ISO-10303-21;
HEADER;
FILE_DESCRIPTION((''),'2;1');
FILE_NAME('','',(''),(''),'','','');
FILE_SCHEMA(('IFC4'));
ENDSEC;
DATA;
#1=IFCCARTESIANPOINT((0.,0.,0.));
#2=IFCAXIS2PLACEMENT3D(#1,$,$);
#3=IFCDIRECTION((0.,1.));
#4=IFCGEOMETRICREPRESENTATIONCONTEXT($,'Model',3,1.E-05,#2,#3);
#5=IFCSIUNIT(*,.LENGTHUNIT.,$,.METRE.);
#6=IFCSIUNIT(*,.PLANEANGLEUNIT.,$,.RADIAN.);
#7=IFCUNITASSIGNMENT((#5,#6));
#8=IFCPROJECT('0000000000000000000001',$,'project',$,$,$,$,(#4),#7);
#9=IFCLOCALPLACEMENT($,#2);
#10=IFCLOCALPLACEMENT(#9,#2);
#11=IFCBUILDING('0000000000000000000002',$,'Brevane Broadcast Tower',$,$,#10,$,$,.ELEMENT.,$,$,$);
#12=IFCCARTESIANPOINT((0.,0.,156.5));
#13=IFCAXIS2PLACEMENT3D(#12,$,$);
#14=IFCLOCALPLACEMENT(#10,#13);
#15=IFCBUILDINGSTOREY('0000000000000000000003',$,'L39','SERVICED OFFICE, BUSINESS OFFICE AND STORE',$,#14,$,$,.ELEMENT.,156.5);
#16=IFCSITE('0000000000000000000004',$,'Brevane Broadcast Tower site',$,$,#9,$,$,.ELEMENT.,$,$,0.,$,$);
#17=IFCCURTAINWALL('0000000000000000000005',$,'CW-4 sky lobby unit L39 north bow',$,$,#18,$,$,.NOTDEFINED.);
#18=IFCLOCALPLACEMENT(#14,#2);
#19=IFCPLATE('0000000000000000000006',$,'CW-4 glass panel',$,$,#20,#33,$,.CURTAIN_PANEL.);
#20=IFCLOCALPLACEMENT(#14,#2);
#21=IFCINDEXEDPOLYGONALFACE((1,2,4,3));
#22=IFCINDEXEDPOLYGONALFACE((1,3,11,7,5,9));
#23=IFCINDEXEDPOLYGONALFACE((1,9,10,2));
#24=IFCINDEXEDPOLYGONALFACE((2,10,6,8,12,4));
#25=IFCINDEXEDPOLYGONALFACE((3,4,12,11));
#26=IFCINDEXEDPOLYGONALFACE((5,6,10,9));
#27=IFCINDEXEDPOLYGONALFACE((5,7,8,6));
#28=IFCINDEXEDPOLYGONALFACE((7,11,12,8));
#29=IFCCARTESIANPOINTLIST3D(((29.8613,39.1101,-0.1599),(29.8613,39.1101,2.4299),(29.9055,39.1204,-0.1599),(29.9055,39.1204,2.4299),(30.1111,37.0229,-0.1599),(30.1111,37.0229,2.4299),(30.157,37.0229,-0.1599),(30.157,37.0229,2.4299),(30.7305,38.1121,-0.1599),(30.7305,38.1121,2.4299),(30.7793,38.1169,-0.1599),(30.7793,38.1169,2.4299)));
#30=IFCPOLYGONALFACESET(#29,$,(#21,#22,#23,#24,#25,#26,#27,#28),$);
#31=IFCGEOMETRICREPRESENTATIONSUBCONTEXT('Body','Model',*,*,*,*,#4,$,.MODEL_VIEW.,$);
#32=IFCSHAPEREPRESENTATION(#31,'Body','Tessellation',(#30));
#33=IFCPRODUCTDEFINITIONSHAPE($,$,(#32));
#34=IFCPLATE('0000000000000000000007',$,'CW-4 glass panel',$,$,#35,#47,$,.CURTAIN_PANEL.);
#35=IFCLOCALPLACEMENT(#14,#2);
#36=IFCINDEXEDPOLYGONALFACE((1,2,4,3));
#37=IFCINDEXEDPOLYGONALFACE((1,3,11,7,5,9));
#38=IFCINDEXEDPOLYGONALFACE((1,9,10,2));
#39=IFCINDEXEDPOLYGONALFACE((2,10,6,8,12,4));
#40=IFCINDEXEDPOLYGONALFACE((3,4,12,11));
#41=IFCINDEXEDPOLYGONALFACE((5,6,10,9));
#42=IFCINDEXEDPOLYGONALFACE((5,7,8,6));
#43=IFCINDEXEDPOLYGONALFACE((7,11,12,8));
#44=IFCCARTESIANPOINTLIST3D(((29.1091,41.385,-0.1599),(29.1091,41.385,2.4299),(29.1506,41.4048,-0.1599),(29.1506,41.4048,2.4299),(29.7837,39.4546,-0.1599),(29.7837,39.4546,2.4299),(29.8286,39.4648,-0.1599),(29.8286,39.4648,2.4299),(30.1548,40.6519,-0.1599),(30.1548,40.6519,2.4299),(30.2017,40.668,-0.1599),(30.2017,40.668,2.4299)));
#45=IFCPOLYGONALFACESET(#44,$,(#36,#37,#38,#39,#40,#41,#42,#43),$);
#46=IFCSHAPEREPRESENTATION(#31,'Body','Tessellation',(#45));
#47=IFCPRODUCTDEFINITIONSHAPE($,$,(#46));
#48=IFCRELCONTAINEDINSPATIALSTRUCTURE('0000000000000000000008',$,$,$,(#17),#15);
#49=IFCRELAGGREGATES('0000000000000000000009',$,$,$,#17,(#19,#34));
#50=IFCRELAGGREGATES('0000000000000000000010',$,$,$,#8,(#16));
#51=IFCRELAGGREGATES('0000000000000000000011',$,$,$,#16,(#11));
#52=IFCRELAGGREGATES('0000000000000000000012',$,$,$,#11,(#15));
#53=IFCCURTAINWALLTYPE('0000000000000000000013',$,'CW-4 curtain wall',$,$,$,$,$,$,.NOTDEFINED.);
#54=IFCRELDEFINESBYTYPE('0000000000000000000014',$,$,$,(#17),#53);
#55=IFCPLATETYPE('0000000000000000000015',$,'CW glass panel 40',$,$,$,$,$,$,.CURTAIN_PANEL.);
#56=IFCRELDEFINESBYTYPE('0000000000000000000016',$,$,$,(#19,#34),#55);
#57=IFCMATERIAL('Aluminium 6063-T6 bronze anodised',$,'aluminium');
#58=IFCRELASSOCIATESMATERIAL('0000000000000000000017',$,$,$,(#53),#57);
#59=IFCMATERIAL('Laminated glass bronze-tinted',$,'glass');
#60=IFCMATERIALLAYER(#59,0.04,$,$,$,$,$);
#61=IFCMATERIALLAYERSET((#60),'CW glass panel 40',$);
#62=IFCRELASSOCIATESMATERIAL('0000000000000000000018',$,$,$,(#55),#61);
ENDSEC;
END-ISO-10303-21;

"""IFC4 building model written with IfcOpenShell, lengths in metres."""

from ifc_helpers import new_model, si_unit, direction, frame, origin, place, context, subcontext, project, spatial, polyline, outline, extrude, material, layer, layer_set, type_object, element, aggregate, save


model = new_model("IFC4")

# Units and contexts
model_context = context("Model", 3, precision=1e-05, world=origin(), true_north=direction((0.0, 1.0)))
body_context = subcontext(model_context, "Body", "Model", "MODEL_VIEW")
ifc_project = project(units=[si_unit("LENGTHUNIT", "METRE"), si_unit("PLANEANGLEUNIT", "RADIAN")], contexts=[model_context])

# Site, building, storey
site_placement = place(None, origin())
site = spatial("IfcSite", under=ifc_project, at=site_placement, Name="Brevane Broadcast Tower site", CompositionType="ELEMENT", RefElevation=0.0)
building_placement = place(site_placement, origin())
building = spatial("IfcBuilding", under=site, at=building_placement, Name="Brevane Broadcast Tower", CompositionType="ELEMENT")
storey_placement = place(building_placement, frame((0.0, 0.0, 156.5)))
storey = spatial("IfcBuildingStorey", under=building, at=storey_placement, Name="L39", Description="SERVICED OFFICE, BUSINESS OFFICE AND STORE", CompositionType="ELEMENT", Elevation=156.5)

# Curtain wall, plates
ifc_material_1 = material(Name="Aluminium 6063-T6 bronze anodised", Category="aluminium")
curtain_wall_type = type_object("IfcCurtainWallType", Name="CW-4 curtain wall", PredefinedType="NOTDEFINED", material=ifc_material_1)
ifc_material_2 = material(Name="Laminated glass bronze-tinted", Category="glass")
ifc_layer = layer(ifc_material_2, 0.04)
ifc_layer_set = layer_set([ifc_layer], Name="CW glass panel 40")
plate_type = type_object("IfcPlateType", Name="CW glass panel 40", PredefinedType="CURTAIN_PANEL", material=ifc_layer_set)
curtain_wall_1_placement = place(storey_placement, origin())
curtain_wall_1 = element("IfcCurtainWall", 1, at=curtain_wall_1_placement, inside=storey, type_object=curtain_wall_type, Name="CW-4 sky lobby unit L39 north bow", PredefinedType="NOTDEFINED")
plate_1_placement = place(storey_placement, frame((0.0, 0.0, -0.1599)))
plate_1 = element("IfcPlate", 2, at=plate_1_placement, type_object=plate_type, Name="CW-4 glass panel", PredefinedType="CURTAIN_PANEL", context=body_context, shape_type="SweptSolid", body=[
    extrude(outline(polyline([(30.1111, 37.0229), (30.157, 37.0229), (30.7793, 38.1169), (29.9055, 39.1204), (29.8613, 39.1101), (30.7305, 38.1121), (30.1111, 37.0229)])), origin(), (0.0, 0.0, 1.0), 2.5898),
])
plate_2_placement = place(storey_placement, frame((0.0, 0.0, -0.1599)))
plate_2 = element("IfcPlate", 3, at=plate_2_placement, type_object=plate_type, Name="CW-4 glass panel", PredefinedType="CURTAIN_PANEL", context=body_context, shape_type="SweptSolid", body=[
    extrude(outline(polyline([(29.7837, 39.4546), (29.8286, 39.4648), (30.2017, 40.668), (29.1506, 41.4048), (29.1091, 41.385), (30.1548, 40.6519), (29.7837, 39.4546)])), origin(), (0.0, 0.0, 1.0), 2.5898),
])
aggregate(curtain_wall_1, [plate_1, plate_2])

save(model, "model.ifc")
